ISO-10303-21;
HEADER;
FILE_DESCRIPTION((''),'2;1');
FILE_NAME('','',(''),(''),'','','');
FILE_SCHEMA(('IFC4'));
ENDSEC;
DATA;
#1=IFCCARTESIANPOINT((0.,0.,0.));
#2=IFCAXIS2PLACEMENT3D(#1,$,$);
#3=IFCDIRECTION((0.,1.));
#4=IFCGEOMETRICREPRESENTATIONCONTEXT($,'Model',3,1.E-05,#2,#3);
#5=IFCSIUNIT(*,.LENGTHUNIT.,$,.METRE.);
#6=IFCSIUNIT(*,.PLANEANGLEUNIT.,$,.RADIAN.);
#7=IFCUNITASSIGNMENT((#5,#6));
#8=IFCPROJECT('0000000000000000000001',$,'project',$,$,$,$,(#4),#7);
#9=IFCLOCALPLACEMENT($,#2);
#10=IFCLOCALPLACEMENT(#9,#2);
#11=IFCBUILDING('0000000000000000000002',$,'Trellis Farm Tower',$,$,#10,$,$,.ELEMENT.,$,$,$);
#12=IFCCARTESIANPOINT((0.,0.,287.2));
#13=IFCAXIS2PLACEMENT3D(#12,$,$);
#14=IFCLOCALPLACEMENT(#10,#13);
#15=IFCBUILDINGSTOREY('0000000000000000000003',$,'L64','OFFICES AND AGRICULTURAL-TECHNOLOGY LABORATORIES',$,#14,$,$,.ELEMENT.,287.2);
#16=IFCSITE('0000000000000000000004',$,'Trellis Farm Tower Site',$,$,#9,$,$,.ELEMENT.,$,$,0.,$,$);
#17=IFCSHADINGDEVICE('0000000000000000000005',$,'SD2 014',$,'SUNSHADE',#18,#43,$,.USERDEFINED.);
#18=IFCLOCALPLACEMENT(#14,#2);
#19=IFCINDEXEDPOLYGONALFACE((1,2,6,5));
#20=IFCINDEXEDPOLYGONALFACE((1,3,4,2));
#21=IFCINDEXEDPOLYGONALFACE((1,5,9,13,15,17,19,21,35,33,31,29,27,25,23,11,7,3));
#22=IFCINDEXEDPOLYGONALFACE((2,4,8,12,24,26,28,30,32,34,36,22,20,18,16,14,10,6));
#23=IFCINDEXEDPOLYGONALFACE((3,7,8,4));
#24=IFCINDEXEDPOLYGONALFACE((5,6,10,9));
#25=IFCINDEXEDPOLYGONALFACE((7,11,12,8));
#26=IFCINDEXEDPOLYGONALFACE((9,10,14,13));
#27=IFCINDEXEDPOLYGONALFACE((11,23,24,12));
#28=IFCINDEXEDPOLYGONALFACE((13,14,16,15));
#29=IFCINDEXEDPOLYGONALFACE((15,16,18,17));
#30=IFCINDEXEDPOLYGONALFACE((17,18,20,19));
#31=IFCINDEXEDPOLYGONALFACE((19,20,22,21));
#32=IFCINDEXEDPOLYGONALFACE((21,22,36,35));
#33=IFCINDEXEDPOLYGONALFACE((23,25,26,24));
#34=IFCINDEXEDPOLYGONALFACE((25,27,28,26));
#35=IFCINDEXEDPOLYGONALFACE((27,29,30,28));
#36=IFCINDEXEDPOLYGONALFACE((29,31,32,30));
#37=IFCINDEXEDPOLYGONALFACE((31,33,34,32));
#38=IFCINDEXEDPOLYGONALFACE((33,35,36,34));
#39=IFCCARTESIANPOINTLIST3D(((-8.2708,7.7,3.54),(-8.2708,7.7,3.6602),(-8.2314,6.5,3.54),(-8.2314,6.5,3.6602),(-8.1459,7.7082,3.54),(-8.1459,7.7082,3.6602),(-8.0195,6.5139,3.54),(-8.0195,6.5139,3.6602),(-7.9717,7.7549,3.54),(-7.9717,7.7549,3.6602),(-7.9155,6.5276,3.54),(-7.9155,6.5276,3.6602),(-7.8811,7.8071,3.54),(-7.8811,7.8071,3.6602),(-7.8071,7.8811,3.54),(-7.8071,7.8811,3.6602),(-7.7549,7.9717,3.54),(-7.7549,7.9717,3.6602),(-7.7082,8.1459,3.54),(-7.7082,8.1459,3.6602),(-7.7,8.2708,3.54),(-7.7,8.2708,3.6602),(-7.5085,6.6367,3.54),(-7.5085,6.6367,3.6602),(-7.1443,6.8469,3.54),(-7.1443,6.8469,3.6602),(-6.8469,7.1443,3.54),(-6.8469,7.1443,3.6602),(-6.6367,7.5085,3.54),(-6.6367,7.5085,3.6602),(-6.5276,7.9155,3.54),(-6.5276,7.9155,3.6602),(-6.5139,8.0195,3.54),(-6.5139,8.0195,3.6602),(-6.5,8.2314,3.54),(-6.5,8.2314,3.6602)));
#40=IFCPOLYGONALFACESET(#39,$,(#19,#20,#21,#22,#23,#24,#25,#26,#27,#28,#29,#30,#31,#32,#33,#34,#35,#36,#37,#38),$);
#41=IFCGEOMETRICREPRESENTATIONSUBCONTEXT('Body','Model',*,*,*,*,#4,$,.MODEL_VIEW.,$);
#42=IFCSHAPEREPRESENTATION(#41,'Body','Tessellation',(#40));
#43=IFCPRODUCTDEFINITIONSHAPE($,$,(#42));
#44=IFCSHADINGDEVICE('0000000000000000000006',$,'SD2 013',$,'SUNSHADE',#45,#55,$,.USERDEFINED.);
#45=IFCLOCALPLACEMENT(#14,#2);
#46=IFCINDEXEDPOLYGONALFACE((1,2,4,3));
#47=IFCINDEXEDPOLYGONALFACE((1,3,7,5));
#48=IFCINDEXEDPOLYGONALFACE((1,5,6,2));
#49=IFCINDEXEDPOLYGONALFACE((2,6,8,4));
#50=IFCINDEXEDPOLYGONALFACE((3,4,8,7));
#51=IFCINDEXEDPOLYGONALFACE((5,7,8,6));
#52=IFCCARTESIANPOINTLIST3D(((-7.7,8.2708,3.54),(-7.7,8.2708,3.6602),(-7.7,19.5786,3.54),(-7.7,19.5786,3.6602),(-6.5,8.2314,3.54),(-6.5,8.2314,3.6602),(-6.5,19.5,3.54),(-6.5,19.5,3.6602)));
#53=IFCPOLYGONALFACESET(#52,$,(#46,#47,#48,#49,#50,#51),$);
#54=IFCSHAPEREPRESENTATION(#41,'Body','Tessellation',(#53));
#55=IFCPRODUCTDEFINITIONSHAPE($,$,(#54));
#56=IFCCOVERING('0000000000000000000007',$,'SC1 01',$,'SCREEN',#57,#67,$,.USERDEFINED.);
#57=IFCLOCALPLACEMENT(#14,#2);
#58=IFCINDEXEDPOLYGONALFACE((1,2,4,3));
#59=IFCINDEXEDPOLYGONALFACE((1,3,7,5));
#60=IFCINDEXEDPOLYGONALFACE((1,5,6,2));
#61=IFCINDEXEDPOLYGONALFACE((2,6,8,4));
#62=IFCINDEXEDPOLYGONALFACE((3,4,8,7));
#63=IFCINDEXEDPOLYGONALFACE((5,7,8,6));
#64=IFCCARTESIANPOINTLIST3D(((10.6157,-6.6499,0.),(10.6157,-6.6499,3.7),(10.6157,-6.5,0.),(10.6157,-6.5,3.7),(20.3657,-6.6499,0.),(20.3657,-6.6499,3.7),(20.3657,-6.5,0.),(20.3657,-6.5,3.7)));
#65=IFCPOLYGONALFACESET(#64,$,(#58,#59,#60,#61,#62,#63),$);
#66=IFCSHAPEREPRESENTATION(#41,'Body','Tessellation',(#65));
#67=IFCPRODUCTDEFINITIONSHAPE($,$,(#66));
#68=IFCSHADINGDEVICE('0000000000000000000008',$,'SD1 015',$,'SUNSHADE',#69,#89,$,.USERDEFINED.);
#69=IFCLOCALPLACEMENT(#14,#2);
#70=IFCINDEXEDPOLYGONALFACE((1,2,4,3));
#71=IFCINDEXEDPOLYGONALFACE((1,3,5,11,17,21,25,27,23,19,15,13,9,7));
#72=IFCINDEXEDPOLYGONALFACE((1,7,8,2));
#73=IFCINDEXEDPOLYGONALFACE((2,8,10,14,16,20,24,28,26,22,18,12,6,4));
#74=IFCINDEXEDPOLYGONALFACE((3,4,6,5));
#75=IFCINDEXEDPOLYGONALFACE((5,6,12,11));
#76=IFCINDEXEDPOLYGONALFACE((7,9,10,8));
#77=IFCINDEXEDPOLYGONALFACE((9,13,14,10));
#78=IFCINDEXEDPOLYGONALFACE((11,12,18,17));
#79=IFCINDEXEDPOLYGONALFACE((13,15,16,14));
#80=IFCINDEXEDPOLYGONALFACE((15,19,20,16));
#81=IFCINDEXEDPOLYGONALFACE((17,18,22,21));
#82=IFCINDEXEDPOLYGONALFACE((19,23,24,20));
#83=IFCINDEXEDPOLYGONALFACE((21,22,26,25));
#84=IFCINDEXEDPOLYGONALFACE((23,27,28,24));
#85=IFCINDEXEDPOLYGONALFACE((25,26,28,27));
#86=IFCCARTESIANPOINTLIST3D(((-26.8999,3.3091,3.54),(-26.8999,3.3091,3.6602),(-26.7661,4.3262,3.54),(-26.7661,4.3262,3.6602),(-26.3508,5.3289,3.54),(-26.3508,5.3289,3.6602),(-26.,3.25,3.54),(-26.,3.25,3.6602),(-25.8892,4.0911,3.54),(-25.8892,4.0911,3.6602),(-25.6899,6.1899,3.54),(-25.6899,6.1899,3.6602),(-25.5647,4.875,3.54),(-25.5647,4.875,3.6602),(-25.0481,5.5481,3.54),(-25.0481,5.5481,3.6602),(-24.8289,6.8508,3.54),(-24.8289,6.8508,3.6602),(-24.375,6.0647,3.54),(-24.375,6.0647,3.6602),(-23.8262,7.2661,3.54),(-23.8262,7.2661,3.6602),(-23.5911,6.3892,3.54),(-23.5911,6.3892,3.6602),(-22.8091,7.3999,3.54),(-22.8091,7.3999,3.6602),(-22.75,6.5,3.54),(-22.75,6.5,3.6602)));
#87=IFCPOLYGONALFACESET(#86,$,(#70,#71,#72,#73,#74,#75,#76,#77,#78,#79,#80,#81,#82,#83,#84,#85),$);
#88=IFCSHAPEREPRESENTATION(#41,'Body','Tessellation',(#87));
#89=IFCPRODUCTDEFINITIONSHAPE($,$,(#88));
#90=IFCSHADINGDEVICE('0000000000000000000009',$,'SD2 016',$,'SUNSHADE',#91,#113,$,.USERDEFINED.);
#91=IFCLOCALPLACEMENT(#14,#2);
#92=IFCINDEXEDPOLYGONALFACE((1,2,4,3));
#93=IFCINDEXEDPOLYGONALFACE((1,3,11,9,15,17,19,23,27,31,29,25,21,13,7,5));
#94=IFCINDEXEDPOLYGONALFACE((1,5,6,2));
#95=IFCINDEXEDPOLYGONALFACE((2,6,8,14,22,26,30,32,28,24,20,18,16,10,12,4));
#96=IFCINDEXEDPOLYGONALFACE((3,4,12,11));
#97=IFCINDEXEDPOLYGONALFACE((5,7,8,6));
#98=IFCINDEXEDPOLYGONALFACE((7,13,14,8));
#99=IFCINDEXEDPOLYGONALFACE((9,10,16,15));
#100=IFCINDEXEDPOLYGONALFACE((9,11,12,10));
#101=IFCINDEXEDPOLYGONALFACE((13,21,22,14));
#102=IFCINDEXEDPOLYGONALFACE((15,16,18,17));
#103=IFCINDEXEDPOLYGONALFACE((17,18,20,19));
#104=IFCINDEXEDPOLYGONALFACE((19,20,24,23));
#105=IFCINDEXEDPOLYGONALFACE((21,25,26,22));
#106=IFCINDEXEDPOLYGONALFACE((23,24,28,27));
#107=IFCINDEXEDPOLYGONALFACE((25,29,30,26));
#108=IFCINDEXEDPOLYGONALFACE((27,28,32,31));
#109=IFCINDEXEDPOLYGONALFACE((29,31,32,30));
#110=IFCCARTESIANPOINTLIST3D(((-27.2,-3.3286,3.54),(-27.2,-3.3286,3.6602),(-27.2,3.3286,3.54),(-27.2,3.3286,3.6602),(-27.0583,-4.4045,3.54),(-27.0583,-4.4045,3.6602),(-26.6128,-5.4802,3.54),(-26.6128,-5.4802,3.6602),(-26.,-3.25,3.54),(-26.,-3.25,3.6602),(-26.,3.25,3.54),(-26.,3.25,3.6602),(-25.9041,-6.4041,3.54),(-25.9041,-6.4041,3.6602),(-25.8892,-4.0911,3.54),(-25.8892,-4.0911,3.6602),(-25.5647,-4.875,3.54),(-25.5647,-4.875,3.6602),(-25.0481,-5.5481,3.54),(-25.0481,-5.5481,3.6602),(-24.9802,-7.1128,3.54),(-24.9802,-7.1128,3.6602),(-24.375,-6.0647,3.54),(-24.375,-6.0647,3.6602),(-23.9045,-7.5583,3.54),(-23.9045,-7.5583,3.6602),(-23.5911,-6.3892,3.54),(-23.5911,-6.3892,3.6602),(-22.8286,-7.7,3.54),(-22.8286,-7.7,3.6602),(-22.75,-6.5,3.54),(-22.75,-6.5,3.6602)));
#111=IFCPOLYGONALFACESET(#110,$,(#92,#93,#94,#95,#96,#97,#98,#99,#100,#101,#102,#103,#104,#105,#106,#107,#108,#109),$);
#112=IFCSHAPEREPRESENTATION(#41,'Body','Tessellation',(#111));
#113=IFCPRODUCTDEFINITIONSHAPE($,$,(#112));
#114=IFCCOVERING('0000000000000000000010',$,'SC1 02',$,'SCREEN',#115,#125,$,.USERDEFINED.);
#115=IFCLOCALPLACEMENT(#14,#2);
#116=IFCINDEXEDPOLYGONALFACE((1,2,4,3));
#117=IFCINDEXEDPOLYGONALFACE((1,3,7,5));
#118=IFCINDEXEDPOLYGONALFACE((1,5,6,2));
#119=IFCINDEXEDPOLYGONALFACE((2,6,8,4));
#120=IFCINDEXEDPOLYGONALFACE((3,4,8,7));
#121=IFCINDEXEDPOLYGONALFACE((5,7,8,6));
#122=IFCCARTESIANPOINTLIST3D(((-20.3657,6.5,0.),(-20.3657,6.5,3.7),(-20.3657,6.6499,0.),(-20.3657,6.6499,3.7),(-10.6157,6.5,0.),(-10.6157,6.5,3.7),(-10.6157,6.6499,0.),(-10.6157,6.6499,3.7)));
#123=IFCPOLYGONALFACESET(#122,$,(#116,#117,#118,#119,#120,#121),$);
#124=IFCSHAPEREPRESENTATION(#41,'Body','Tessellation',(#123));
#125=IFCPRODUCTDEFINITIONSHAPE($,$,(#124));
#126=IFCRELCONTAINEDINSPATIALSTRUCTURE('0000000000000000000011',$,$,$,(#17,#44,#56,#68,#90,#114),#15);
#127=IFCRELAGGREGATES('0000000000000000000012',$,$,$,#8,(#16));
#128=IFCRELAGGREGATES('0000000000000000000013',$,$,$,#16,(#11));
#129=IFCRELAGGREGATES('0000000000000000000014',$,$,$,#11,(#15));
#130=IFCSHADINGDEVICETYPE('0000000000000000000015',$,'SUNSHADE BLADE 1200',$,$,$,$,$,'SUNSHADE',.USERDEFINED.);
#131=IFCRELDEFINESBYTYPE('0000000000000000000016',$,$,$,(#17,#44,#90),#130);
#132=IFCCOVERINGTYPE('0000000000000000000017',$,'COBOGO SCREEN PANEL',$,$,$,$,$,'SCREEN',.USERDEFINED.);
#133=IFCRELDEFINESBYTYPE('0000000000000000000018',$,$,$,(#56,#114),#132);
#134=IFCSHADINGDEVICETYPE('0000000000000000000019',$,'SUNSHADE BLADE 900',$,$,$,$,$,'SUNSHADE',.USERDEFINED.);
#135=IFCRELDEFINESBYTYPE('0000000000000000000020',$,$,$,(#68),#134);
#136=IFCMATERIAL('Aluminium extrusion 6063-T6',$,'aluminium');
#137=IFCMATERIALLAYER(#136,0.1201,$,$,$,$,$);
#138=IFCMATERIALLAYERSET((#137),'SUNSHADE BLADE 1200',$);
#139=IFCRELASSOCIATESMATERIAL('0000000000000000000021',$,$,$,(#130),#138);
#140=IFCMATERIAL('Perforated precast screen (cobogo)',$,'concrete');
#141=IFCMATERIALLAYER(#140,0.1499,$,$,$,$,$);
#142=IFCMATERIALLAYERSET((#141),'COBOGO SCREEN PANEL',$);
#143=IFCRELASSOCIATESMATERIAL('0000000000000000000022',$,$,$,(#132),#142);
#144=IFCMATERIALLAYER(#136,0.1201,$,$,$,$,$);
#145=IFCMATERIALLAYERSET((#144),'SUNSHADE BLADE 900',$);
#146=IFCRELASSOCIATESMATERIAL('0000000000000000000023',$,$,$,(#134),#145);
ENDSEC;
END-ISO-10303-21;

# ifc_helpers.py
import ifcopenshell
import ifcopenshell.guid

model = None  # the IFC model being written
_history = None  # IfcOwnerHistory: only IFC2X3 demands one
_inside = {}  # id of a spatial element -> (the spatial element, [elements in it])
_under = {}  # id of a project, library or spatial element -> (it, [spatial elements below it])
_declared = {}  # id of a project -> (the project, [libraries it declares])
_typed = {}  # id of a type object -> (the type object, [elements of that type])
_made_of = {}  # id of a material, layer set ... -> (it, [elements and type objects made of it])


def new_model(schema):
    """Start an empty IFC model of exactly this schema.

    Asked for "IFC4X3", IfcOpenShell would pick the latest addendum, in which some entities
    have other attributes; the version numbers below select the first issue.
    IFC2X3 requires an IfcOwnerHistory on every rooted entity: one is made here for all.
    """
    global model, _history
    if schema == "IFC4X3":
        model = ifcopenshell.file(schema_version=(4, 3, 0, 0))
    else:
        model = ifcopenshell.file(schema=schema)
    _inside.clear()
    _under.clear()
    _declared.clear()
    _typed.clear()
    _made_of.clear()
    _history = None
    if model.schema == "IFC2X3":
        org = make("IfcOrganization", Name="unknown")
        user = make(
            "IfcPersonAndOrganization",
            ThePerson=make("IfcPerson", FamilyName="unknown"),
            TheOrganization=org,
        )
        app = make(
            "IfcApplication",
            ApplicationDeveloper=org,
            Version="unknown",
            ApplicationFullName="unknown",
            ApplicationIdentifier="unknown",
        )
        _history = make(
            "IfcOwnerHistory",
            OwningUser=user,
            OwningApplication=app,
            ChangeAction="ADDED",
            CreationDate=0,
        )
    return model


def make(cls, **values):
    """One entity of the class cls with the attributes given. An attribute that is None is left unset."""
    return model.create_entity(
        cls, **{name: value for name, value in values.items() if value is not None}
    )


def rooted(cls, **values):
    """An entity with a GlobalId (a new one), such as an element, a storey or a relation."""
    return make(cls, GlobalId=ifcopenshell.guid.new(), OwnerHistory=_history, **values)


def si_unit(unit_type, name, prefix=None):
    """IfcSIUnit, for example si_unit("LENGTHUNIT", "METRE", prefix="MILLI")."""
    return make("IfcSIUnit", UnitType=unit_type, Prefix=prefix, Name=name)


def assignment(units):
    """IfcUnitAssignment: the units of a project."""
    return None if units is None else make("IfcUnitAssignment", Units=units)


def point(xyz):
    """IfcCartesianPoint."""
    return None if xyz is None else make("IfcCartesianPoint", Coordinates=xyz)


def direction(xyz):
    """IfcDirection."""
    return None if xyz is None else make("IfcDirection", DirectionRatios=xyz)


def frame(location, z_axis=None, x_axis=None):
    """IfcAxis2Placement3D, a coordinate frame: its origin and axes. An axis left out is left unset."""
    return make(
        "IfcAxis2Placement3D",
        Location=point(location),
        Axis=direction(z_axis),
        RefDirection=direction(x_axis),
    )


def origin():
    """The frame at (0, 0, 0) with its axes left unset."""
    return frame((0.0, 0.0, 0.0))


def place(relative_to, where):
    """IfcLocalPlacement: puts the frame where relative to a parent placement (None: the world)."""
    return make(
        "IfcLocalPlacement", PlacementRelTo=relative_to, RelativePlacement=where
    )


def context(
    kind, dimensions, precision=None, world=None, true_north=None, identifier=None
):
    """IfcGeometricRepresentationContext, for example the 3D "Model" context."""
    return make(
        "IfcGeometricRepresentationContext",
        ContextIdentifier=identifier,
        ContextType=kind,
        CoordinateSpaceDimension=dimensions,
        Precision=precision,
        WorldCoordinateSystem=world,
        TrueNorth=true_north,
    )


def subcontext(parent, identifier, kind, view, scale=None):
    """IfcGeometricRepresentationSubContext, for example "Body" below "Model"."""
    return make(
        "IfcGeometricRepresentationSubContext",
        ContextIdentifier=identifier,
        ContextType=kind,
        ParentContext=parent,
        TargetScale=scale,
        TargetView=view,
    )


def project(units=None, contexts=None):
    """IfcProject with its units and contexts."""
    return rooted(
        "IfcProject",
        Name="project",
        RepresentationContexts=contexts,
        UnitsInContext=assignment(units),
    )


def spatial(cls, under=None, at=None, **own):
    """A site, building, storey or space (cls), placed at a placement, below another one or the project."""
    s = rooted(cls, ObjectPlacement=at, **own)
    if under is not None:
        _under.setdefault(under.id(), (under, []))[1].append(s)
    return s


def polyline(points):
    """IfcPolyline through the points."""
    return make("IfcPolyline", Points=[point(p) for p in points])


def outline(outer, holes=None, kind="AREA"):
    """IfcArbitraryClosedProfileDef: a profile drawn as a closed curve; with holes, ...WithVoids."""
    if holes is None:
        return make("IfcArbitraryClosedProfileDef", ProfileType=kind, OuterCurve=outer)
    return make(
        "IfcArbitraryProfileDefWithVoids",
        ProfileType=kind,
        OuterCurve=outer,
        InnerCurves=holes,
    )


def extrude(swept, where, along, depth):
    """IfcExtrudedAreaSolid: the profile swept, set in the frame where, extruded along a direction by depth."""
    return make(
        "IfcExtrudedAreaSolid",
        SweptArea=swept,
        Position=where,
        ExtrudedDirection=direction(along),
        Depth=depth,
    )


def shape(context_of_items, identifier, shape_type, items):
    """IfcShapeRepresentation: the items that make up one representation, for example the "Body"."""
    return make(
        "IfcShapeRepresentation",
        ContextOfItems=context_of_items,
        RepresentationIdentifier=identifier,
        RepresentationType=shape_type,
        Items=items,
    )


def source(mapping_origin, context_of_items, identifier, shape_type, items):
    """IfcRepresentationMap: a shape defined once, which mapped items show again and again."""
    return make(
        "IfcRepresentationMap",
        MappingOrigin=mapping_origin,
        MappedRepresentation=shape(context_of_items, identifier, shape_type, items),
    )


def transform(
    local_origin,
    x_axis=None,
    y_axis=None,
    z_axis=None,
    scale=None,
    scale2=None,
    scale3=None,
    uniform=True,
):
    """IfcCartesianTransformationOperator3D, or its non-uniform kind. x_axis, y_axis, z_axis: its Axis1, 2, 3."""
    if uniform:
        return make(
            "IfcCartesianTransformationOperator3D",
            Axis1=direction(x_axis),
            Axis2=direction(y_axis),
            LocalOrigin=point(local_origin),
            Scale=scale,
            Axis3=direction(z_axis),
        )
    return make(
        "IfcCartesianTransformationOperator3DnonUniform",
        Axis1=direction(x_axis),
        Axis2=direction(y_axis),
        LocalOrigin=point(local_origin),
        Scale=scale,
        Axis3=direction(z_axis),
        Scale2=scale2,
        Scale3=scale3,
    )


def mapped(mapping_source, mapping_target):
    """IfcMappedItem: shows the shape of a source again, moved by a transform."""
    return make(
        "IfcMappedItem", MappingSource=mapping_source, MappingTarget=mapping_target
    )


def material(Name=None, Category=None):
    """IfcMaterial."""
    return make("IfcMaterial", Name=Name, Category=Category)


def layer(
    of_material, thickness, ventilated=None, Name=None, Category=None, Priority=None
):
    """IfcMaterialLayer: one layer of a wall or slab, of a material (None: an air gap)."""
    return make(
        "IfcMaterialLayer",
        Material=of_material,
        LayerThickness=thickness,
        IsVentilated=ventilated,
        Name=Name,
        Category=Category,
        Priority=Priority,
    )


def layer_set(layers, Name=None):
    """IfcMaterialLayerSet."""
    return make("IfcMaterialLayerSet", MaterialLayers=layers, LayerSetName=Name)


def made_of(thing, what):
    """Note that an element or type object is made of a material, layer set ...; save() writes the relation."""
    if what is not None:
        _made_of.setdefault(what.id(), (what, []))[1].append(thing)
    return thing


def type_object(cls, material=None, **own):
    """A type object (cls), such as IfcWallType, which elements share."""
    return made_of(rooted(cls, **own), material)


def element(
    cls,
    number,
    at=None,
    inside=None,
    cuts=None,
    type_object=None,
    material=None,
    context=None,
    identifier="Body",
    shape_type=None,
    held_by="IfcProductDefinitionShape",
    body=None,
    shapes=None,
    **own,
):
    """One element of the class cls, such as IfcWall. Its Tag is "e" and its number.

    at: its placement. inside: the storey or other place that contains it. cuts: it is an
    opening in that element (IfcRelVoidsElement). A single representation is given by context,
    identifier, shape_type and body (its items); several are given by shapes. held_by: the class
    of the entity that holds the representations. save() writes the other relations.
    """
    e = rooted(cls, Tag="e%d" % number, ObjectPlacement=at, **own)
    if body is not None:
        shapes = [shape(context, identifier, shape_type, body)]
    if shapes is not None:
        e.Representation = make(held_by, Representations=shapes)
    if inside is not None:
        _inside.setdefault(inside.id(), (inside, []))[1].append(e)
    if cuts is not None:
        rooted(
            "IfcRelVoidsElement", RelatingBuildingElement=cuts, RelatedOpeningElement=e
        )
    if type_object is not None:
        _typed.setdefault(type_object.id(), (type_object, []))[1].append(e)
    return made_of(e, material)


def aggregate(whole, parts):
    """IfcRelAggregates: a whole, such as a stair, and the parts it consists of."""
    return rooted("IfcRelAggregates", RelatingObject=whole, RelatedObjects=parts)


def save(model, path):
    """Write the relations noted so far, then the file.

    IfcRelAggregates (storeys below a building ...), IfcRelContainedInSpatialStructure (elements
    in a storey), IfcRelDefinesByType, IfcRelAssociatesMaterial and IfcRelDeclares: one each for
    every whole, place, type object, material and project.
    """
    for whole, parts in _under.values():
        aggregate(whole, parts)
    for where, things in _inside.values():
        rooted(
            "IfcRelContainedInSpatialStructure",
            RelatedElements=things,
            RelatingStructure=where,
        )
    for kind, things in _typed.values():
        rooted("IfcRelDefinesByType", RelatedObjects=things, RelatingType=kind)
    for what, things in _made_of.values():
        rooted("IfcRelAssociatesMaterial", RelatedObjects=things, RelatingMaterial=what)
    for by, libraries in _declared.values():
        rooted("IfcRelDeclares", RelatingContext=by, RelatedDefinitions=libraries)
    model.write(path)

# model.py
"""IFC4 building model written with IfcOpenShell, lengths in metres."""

from ifc_helpers import new_model, si_unit, direction, frame, origin, place, context, subcontext, project, spatial, polyline, outline, extrude, source, transform, mapped, material, layer, layer_set, type_object, element, save


model = new_model("IFC4")

# Units and contexts
model_context = context("Model", 3, precision=1e-05, world=origin(), true_north=direction((0.0, 1.0)))
body_context = subcontext(model_context, "Body", "Model", "MODEL_VIEW")
ifc_project = project(units=[si_unit("LENGTHUNIT", "METRE"), si_unit("PLANEANGLEUNIT", "RADIAN")], contexts=[model_context])

# Site, building, storey
site_placement = place(None, origin())
site = spatial("IfcSite", under=ifc_project, at=site_placement, Name="Trellis Farm Tower Site", CompositionType="ELEMENT", RefElevation=0.0)
building_placement = place(site_placement, origin())
building = spatial("IfcBuilding", under=site, at=building_placement, Name="Trellis Farm Tower", CompositionType="ELEMENT")
storey_placement = place(building_placement, frame((0.0, 0.0, 287.2)))
storey = spatial("IfcBuildingStorey", under=building, at=storey_placement, Name="L64", Description="OFFICES AND AGRICULTURAL-TECHNOLOGY LABORATORIES", CompositionType="ELEMENT", Elevation=287.2)

# Shared definitions
placement_1 = place(storey_placement, origin())
ifc_material_1 = material(Name="Aluminium extrusion 6063-T6", Category="aluminium")

# Shading devices
ifc_layer_1 = layer(ifc_material_1, 0.1201)
ifc_layer_set_1 = layer_set([ifc_layer_1], Name="SUNSHADE BLADE 1200")
shading_device_type_1 = type_object("IfcShadingDeviceType", Name="SUNSHADE BLADE 1200", ElementType="SUNSHADE", PredefinedType="USERDEFINED", material=ifc_layer_set_1)
shared_shape_1 = source(origin(), body_context, "Body", "SweptSolid", [
    extrude(outline(polyline([(-7.7, 8.2708), (-7.7087, 8.1372), (-7.707, 8.1501), (-7.7549, 7.9717), (-7.8071, 7.8811), (-7.8811, 7.8071), (-7.9717, 7.7549), (-8.1501, 7.707), (-8.1372, 7.7087), (-8.2708, 7.7), (-8.2314, 6.5), (-8.0195, 6.5139), (-7.9155, 6.5276), (-7.5085, 6.6367), (-7.1443, 6.8469), (-6.8469, 7.1443), (-6.6367, 7.5085), (-6.5276, 7.9155), (-6.5139, 8.0195), (-6.5, 8.2314), (-7.7, 8.2708)])), origin(), (0.0, 0.0, 1.0), 0.1201),
])
placement_2 = place(storey_placement, frame((0.0, 0.0, 3.54)))
element("IfcShadingDevice", 1, at=placement_2, inside=storey, type_object=shading_device_type_1, Name="SD2 014", ObjectType="SUNSHADE", PredefinedType="USERDEFINED", context=body_context, shape_type="MappedRepresentation", body=[
    mapped(shared_shape_1, transform((0.0, 0.0, 0.0))),
])
shared_shape_2 = source(origin(), body_context, "Body", "SweptSolid", [
    extrude(outline(polyline([(-7.7, 19.5786), (-7.7, 8.2708), (-6.5, 8.2314), (-6.5, 19.5), (-7.7, 19.5786)])), origin(), (0.0, 0.0, 1.0), 0.1201),
])
element("IfcShadingDevice", 2, at=placement_2, inside=storey, type_object=shading_device_type_1, Name="SD2 013", ObjectType="SUNSHADE", PredefinedType="USERDEFINED", context=body_context, shape_type="MappedRepresentation", body=[
    mapped(shared_shape_2, transform((0.0, 0.0, 0.0))),
])

# Covering
ifc_material_2 = material(Name="Perforated precast screen (cobogo)", Category="concrete")
ifc_layer_2 = layer(ifc_material_2, 0.1499)
ifc_layer_set_2 = layer_set([ifc_layer_2], Name="COBOGO SCREEN PANEL")
covering_type = type_object("IfcCoveringType", Name="COBOGO SCREEN PANEL", ElementType="SCREEN", PredefinedType="USERDEFINED", material=ifc_layer_set_2)
shared_shape_3 = source(origin(), body_context, "Body", "SweptSolid", [
    extrude(outline(polyline([(10.6157, -6.6499), (20.3657, -6.6499), (20.3657, -6.5), (10.6157, -6.5), (10.6157, -6.6499)])), origin(), (0.0, 0.0, 1.0), 3.7),
])
element("IfcCovering", 3, at=placement_1, inside=storey, type_object=covering_type, Name="SC1 01", ObjectType="SCREEN", PredefinedType="USERDEFINED", context=body_context, shape_type="MappedRepresentation", body=[
    mapped(shared_shape_3, transform((0.0, 0.0, 0.0))),
])

# Shading devices
ifc_layer_3 = layer(ifc_material_1, 0.1201)
ifc_layer_set_3 = layer_set([ifc_layer_3], Name="SUNSHADE BLADE 900")
shading_device_type_2 = type_object("IfcShadingDeviceType", Name="SUNSHADE BLADE 900", ElementType="SUNSHADE", PredefinedType="USERDEFINED", material=ifc_layer_set_3)
shared_shape_4 = source(origin(), body_context, "Body", "SweptSolid", [
    extrude(outline(polyline([(-22.8091, 7.3999), (-23.8262, 7.2661), (-24.8289, 6.8508), (-25.6899, 6.1899), (-26.3508, 5.3289), (-26.7661, 4.3262), (-26.8999, 3.3091), (-26.0, 3.25), (-25.8892, 4.0911), (-25.5647, 4.875), (-25.0481, 5.5481), (-24.375, 6.0647), (-23.5911, 6.3892), (-22.75, 6.5), (-22.8091, 7.3999)])), origin(), (0.0, 0.0, 1.0), 0.1201),
])
element("IfcShadingDevice", 4, at=placement_2, inside=storey, type_object=shading_device_type_2, Name="SD1 015", ObjectType="SUNSHADE", PredefinedType="USERDEFINED", context=body_context, shape_type="MappedRepresentation", body=[
    mapped(shared_shape_4, transform((0.0, 0.0, 0.0))),
])
shared_shape_5 = source(origin(), body_context, "Body", "SweptSolid", [
    extrude(outline(polyline([(-27.2, 3.3286), (-27.2, -3.3286), (-27.0583, -4.4045), (-26.6128, -5.4802), (-25.9041, -6.4041), (-24.9802, -7.1128), (-23.9045, -7.5583), (-22.8286, -7.7), (-22.75, -6.5), (-23.5911, -6.3892), (-24.375, -6.0647), (-25.0481, -5.5481), (-25.5647, -4.875), (-25.8892, -4.0911), (-26.0, -3.25), (-26.0, 3.25), (-27.2, 3.3286)])), origin(), (0.0, 0.0, 1.0), 0.1201),
])
element("IfcShadingDevice", 5, at=placement_2, inside=storey, type_object=shading_device_type_1, Name="SD2 016", ObjectType="SUNSHADE", PredefinedType="USERDEFINED", context=body_context, shape_type="MappedRepresentation", body=[
    mapped(shared_shape_5, transform((0.0, 0.0, 0.0))),
])

# Covering
shared_shape_6 = source(origin(), body_context, "Body", "SweptSolid", [
    extrude(outline(polyline([(-10.6157, 6.6499), (-20.3657, 6.6499), (-20.3657, 6.5), (-10.6157, 6.5), (-10.6157, 6.6499)])), origin(), (0.0, 0.0, 1.0), 3.7),
])
element("IfcCovering", 6, at=placement_1, inside=storey, type_object=covering_type, Name="SC1 02", ObjectType="SCREEN", PredefinedType="USERDEFINED", context=body_context, shape_type="MappedRepresentation", body=[
    mapped(shared_shape_6, transform((0.0, 0.0, 0.0))),
])

save(model, "model.ifc")
